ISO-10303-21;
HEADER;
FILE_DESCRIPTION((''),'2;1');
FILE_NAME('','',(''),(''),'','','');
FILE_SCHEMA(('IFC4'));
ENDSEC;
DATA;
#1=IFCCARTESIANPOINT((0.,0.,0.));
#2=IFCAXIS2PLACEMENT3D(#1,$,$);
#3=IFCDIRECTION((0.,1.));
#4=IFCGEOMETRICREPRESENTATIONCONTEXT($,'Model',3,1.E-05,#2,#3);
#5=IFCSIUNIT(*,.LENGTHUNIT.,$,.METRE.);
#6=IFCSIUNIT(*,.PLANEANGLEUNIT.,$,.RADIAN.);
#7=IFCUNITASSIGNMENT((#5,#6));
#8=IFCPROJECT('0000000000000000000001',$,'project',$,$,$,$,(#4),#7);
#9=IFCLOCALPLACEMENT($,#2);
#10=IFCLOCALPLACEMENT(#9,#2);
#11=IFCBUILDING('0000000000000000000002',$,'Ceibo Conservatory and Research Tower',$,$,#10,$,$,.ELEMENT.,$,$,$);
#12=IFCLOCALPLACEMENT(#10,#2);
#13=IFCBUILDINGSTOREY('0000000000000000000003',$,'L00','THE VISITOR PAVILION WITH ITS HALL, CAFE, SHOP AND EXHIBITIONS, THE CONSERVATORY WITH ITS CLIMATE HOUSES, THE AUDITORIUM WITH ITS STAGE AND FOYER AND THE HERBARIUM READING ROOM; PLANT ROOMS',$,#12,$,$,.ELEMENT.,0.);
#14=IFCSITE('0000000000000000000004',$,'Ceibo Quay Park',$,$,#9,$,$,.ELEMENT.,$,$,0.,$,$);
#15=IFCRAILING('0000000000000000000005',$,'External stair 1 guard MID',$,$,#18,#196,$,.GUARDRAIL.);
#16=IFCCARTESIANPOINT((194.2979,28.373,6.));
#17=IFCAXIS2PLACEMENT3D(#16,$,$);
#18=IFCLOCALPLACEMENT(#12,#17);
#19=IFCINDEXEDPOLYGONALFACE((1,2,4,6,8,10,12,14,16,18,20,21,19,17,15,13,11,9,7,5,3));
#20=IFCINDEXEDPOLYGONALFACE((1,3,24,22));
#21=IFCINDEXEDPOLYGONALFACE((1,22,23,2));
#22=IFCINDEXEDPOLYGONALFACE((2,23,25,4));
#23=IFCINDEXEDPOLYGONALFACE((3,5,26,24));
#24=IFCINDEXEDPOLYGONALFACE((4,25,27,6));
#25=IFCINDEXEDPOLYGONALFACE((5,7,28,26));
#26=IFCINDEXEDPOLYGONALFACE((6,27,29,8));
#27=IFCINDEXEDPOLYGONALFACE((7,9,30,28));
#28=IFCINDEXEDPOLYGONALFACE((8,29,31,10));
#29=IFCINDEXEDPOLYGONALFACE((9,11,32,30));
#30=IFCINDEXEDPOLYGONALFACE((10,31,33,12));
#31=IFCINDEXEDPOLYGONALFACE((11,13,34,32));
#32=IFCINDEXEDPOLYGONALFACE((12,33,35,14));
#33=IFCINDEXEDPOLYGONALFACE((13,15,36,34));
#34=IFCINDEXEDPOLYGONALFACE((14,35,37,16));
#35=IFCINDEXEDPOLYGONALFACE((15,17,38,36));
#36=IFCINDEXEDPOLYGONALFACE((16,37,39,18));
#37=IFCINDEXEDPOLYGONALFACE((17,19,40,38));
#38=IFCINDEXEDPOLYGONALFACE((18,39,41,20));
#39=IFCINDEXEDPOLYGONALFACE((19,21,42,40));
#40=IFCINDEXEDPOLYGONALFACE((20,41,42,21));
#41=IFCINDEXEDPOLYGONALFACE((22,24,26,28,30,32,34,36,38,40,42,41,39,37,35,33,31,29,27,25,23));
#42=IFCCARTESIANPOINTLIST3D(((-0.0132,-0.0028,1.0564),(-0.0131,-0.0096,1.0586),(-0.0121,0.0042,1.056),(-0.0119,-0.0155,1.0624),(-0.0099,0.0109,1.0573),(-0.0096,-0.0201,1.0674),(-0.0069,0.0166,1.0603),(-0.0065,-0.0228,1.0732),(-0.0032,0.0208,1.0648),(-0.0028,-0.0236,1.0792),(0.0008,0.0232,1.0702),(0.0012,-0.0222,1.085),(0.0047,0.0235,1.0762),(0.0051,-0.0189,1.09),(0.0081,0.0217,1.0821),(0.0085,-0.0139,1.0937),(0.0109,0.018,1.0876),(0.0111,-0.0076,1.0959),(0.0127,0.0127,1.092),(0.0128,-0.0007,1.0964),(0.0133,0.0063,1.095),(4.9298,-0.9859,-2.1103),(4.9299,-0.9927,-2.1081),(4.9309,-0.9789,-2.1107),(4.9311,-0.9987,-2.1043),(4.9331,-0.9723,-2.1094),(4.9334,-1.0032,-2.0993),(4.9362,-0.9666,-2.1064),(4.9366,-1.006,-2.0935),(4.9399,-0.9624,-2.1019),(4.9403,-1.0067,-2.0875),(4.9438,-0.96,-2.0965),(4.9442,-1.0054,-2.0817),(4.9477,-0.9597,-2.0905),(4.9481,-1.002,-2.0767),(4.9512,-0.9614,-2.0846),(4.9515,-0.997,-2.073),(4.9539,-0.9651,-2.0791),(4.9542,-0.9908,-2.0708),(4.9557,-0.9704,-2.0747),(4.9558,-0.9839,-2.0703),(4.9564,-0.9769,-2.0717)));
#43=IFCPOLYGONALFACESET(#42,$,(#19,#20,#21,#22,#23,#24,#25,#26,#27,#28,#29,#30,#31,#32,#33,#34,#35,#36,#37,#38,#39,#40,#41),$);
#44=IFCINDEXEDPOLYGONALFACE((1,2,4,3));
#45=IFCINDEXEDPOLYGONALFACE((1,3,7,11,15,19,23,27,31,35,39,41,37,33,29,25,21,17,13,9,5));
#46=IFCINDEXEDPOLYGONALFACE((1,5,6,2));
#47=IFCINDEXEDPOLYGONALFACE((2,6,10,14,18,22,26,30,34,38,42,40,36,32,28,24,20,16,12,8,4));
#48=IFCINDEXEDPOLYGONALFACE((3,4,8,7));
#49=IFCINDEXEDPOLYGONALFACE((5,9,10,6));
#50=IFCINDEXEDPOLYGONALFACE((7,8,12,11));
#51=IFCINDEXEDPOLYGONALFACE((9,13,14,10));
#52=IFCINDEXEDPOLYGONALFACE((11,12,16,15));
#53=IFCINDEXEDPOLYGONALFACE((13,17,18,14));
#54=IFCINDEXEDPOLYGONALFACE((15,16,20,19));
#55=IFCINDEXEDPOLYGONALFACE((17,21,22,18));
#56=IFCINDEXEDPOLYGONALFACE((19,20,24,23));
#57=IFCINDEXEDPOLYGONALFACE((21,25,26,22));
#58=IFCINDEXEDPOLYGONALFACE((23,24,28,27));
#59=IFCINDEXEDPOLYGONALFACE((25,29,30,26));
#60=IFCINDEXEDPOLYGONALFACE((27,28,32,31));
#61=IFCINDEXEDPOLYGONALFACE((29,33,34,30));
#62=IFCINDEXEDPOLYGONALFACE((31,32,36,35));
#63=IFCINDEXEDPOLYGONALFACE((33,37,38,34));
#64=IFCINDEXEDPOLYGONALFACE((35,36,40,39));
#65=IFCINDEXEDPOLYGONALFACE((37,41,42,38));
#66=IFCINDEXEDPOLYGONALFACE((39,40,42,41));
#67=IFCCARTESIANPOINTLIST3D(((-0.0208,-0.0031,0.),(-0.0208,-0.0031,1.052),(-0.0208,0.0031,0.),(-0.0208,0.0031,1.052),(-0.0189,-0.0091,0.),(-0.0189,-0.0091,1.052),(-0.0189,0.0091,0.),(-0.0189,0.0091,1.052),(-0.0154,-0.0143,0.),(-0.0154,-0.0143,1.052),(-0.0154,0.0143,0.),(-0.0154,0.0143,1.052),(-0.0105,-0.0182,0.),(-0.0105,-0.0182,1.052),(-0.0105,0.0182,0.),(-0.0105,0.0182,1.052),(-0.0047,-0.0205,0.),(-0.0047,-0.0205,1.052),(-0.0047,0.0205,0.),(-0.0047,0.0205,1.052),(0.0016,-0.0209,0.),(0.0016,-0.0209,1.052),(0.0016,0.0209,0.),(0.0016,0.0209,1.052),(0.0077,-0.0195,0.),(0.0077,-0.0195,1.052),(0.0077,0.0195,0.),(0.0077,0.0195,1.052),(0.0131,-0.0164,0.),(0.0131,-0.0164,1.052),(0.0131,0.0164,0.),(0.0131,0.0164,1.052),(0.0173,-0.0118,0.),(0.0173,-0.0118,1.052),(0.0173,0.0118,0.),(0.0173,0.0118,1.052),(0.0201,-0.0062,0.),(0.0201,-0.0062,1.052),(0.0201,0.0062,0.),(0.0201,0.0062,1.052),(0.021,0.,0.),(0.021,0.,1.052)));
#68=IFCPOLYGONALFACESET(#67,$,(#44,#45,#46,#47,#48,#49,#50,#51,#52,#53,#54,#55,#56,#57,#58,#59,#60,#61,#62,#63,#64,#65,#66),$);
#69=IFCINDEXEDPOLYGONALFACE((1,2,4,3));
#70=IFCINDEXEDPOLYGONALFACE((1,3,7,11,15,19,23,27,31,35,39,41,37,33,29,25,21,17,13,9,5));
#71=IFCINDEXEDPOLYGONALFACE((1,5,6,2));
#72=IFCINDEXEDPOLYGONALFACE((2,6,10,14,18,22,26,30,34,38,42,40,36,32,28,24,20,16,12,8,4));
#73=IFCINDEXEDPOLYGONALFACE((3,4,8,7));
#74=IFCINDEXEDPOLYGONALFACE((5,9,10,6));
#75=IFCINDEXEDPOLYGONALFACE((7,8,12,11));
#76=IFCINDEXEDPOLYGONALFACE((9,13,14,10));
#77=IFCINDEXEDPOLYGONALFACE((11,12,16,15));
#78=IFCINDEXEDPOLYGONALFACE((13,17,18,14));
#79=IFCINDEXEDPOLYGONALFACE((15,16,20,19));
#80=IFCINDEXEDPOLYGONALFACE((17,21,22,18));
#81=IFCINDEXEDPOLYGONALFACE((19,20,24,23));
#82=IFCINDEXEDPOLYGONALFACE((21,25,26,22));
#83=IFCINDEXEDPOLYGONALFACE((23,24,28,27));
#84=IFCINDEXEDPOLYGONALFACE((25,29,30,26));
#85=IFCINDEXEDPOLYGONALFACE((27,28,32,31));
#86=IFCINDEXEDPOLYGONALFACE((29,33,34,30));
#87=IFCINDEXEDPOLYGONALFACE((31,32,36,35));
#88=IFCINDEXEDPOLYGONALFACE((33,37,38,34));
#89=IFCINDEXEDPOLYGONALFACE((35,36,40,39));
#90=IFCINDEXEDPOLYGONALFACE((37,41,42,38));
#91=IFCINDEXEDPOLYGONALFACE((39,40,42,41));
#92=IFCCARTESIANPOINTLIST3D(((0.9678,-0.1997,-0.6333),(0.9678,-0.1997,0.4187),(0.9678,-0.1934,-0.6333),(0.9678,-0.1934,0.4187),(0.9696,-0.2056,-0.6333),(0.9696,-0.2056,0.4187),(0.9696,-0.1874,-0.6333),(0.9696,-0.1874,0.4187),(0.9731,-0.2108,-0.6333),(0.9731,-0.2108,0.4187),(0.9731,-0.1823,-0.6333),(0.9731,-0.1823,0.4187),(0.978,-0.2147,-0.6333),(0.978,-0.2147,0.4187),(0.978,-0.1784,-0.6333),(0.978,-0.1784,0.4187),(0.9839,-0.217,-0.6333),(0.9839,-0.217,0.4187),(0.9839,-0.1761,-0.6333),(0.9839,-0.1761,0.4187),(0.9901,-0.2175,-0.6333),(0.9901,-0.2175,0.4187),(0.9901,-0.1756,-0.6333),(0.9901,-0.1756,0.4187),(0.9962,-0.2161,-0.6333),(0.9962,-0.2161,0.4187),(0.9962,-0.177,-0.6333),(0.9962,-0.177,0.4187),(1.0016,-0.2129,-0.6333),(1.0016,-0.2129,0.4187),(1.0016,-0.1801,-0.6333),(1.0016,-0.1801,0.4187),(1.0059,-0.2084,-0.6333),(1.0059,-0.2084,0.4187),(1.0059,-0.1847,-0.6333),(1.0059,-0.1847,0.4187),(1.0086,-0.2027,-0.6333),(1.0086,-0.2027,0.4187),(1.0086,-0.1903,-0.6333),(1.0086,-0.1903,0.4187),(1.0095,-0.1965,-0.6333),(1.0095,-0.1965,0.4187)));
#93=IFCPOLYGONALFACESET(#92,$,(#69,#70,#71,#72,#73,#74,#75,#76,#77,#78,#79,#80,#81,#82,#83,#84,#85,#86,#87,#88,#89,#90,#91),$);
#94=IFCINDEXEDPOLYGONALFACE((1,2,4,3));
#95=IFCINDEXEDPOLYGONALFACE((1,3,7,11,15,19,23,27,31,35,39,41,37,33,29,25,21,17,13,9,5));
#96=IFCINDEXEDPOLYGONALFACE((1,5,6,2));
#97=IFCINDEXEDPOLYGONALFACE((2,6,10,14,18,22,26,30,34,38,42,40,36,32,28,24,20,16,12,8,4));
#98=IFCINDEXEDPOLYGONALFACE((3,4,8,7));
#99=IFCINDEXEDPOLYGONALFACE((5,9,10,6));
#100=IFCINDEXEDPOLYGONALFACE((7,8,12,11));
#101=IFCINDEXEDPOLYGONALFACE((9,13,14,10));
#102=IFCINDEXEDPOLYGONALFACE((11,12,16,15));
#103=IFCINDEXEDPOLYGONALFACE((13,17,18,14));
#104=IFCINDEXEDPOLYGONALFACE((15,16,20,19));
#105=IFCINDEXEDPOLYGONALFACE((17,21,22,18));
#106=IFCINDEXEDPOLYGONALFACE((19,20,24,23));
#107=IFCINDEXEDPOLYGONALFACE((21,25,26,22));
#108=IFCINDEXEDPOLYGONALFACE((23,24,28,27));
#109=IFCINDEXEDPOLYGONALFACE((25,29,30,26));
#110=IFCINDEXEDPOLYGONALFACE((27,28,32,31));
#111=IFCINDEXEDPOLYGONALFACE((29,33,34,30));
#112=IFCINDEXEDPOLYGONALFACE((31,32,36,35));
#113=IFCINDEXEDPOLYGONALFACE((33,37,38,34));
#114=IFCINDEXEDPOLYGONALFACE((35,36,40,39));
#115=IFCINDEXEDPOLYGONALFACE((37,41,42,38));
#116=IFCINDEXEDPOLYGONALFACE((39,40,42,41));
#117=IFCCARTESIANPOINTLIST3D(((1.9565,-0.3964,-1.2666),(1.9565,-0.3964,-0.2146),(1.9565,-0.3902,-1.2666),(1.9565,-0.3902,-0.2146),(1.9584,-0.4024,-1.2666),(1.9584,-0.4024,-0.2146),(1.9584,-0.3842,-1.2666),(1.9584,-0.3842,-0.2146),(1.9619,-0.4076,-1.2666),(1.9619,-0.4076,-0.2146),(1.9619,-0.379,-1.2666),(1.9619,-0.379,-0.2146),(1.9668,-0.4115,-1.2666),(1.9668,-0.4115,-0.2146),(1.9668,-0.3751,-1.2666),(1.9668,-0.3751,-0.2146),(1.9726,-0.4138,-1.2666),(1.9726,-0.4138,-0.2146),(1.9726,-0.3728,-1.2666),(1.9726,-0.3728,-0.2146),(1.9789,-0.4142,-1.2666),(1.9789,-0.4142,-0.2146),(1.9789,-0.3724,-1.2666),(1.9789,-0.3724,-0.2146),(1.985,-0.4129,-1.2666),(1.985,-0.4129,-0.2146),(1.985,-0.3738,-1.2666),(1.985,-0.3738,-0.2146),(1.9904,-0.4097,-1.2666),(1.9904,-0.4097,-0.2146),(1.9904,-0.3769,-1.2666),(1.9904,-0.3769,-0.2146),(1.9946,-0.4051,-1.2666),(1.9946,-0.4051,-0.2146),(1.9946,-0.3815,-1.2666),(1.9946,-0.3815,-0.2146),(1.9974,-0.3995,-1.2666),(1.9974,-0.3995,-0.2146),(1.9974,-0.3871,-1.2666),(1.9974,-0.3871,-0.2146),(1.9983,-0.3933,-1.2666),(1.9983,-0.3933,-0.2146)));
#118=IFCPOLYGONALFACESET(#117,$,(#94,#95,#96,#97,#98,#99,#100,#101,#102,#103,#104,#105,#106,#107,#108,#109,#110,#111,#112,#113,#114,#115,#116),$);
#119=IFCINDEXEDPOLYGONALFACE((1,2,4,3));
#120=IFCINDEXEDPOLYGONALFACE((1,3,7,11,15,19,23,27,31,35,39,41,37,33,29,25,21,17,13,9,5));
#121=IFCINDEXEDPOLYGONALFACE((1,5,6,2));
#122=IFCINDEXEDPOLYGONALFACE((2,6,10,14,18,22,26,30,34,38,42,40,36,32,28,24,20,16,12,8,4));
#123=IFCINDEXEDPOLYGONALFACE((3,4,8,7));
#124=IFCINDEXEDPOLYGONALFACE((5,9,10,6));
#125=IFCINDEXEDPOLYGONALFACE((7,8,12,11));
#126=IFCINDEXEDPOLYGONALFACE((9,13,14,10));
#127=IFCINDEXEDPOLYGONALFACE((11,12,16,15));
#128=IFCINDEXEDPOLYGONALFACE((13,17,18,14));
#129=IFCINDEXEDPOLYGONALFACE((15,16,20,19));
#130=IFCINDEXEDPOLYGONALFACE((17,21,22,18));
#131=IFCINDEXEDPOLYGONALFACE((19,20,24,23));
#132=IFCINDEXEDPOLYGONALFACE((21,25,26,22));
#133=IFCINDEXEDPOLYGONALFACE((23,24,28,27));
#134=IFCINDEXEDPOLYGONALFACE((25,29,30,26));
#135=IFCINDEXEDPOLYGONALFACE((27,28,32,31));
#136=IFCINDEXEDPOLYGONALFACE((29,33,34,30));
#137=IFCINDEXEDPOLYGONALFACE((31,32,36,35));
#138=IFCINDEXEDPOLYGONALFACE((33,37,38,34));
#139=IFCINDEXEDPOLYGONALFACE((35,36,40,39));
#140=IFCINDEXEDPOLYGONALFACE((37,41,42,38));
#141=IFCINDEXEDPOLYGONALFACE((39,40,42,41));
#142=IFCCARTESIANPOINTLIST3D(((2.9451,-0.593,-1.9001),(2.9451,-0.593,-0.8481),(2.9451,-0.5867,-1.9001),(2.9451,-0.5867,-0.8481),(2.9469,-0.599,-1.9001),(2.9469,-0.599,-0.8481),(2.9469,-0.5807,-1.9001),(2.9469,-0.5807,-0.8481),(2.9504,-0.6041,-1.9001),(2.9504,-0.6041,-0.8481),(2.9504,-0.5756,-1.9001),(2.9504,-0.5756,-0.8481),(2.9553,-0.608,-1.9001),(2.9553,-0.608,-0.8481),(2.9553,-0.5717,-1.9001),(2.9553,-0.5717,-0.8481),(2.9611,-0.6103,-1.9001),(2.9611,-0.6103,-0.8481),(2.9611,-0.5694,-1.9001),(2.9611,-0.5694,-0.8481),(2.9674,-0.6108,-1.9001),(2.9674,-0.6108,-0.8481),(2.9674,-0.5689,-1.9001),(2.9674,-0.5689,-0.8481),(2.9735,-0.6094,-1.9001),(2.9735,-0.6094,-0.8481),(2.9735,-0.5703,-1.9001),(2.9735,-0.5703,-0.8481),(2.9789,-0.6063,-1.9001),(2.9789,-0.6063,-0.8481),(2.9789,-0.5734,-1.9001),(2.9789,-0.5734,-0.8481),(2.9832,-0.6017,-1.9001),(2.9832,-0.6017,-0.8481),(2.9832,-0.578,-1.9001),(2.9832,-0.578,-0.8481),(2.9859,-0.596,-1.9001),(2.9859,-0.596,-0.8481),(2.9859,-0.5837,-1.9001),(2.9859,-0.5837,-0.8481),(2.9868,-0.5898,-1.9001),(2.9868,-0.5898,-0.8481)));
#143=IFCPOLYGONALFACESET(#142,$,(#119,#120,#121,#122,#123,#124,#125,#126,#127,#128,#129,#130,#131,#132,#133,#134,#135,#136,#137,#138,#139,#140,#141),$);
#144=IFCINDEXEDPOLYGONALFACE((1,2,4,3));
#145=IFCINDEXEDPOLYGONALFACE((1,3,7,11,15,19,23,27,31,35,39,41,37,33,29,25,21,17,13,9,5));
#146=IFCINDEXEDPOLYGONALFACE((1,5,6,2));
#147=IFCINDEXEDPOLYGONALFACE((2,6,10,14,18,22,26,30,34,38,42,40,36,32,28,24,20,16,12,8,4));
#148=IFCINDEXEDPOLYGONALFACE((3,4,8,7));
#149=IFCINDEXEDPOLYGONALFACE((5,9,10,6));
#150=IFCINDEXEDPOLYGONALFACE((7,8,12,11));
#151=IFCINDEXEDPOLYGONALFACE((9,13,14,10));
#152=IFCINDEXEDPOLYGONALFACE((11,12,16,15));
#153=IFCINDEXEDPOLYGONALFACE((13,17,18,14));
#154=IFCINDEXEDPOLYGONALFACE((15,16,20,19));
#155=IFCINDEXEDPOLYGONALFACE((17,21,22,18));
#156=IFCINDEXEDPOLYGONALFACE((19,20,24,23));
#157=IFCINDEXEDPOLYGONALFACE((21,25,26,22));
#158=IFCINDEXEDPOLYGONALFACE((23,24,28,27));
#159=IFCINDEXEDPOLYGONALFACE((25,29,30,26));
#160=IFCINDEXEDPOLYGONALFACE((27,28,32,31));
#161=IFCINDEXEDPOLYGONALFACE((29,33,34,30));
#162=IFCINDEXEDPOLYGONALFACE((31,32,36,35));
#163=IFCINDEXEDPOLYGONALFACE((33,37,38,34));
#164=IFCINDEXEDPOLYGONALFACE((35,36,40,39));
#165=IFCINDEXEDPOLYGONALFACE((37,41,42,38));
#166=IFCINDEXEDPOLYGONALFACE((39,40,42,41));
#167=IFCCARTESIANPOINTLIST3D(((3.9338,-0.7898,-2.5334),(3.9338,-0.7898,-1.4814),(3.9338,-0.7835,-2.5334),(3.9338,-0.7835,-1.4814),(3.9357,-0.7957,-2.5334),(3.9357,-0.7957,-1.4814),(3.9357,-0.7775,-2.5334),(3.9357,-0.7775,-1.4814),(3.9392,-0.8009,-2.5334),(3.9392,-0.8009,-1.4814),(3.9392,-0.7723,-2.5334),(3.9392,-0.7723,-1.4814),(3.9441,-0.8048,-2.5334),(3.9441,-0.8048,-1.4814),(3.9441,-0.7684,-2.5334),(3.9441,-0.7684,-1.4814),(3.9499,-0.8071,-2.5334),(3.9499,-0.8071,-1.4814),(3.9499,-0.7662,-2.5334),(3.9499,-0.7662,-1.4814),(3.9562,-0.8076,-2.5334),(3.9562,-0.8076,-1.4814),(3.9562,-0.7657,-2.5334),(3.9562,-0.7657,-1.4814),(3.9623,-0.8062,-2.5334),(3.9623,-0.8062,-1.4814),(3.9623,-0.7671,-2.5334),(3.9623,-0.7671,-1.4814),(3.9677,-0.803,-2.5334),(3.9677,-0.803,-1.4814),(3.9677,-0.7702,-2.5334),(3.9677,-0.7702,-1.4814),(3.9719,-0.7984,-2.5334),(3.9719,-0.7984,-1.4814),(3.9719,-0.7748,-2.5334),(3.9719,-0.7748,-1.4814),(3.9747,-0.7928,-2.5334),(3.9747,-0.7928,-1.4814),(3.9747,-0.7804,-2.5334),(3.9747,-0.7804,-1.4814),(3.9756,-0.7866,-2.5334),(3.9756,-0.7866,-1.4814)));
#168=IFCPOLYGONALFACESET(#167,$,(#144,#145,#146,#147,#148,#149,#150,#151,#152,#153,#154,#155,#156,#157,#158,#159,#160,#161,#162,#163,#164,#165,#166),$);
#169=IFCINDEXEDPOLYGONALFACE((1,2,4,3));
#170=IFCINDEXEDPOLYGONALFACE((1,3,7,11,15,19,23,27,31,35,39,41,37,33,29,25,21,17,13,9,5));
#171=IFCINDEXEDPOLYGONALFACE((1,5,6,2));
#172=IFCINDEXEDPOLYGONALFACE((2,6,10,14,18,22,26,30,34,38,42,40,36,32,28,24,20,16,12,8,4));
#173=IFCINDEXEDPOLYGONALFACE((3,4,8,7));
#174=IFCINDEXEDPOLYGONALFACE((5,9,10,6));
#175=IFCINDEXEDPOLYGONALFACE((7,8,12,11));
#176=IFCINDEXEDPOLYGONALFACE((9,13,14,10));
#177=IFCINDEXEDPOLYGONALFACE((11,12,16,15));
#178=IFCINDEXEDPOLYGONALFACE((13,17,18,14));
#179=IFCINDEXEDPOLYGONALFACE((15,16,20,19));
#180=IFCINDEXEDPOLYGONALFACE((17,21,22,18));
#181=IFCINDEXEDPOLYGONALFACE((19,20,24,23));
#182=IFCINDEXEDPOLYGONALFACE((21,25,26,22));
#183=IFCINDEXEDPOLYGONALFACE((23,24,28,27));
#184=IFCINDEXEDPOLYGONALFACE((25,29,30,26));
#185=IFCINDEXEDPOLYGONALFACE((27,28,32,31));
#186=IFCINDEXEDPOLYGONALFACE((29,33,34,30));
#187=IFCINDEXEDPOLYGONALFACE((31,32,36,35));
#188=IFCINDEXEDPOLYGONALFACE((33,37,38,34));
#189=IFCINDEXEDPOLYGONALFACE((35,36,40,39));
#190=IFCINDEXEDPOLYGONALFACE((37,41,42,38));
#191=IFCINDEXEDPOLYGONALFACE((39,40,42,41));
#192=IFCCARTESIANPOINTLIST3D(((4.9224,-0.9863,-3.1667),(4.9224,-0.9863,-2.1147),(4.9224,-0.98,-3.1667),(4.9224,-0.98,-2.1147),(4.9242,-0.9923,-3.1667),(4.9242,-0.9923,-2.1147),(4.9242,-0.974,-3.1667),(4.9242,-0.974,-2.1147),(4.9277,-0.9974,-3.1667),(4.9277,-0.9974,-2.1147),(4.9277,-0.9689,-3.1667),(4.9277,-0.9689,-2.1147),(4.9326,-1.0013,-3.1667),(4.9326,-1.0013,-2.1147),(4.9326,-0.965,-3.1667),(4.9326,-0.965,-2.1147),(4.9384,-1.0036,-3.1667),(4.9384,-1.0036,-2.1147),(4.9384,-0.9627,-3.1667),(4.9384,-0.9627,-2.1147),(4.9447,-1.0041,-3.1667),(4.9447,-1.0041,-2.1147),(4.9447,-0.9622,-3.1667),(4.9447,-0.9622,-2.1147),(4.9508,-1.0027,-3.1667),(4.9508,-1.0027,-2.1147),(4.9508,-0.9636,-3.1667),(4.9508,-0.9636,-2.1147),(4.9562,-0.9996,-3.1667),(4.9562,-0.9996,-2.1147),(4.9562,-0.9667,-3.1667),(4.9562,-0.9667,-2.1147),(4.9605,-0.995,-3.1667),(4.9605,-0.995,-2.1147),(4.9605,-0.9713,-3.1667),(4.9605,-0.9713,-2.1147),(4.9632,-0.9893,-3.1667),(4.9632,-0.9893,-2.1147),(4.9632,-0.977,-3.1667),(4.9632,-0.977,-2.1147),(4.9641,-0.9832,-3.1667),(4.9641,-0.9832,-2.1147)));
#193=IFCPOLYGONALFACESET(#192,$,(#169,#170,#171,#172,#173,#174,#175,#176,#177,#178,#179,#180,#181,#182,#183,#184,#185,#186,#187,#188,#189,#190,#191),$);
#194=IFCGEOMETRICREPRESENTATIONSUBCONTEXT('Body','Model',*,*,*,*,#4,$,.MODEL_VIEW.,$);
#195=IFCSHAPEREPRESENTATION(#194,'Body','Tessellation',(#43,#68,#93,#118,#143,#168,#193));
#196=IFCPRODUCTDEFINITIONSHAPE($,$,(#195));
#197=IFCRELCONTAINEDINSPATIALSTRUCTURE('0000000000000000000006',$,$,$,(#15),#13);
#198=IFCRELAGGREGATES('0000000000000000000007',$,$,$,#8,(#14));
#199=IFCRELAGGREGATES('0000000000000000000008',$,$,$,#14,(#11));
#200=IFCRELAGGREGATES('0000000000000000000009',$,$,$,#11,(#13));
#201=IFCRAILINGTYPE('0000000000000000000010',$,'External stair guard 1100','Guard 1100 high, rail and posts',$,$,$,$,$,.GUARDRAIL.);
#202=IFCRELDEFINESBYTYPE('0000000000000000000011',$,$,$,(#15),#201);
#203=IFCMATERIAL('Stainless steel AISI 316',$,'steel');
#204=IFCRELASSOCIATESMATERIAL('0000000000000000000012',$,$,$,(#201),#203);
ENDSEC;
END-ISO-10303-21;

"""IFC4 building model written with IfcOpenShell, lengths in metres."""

from ifc_helpers import new_model, si_unit, direction, frame, origin, origin_2d, place, context, subcontext, project, spatial, circle, extrude, material, type_object, element, save


model = new_model("IFC4")

# Units and contexts
model_context = context("Model", 3, precision=1e-05, world=origin(), true_north=direction((0.0, 1.0)))
body_context = subcontext(model_context, "Body", "Model", "MODEL_VIEW")
ifc_project = project(units=[si_unit("LENGTHUNIT", "METRE"), si_unit("PLANEANGLEUNIT", "RADIAN")], contexts=[model_context])

# Site, building, storey
site_placement = place(None, origin())
site = spatial("IfcSite", under=ifc_project, at=site_placement, Name="Ceibo Quay Park", CompositionType="ELEMENT", RefElevation=0.0)
building_placement = place(site_placement, origin())
building = spatial("IfcBuilding", under=site, at=building_placement, Name="Ceibo Conservatory and Research Tower", CompositionType="ELEMENT")
storey_placement = place(building_placement, origin())
storey = spatial("IfcBuildingStorey", under=building, at=storey_placement, Name="L00", Description="THE VISITOR PAVILION WITH ITS HALL, CAFE, SHOP AND EXHIBITIONS, THE CONSERVATORY WITH ITS CLIMATE HOUSES, THE AUDITORIUM WITH ITS STAGE AND FOYER AND THE HERBARIUM READING ROOM; PLANT ROOMS", CompositionType="ELEMENT", Elevation=0.0)

# Railing
ifc_material_1 = material(Name="Stainless steel AISI 316", Category="steel")
railing_type = type_object("IfcRailingType", Name="External stair guard 1100", Description="Guard 1100 high, rail and posts", PredefinedType="GUARDRAIL", material=ifc_material_1)
railing_1_placement = place(storey_placement, frame((194.2979, 28.373, 6.0)))
element("IfcRailing", 1, at=railing_1_placement, inside=storey, type_object=railing_type, Name="External stair 1 guard MID", PredefinedType="GUARDRAIL", context=body_context, shape_type="SweptSolid", body=[
    extrude(circle(Radius=0.0239, at=origin_2d()), frame((0.0, 0.0, 1.0762), z_axis=(0.830462, -0.165174, -0.532025), x_axis=(0.195073, 0.980789, 0.0)), (0.0, 0.0, 1.0), 5.9521),
    extrude(circle(Radius=0.021, at=origin_2d()), origin(), (0.0, 0.0, 1.0), 1.052),
    extrude(circle(Radius=0.021, at=origin_2d()), frame((0.9885, -0.1965, -0.6333)), (0.0, 0.0, 1.0), 1.052),
    extrude(circle(Radius=0.021, at=origin_2d()), frame((1.9773, -0.3933, -1.2666)), (0.0, 0.0, 1.0), 1.052),
    extrude(circle(Radius=0.021, at=origin_2d()), frame((2.9658, -0.5898, -1.9001)), (0.0, 0.0, 1.0), 1.052),
    extrude(circle(Radius=0.021, at=origin_2d()), frame((3.9546, -0.7866, -2.5334)), (0.0, 0.0, 1.0), 1.052),
    extrude(circle(Radius=0.021, at=origin_2d()), frame((4.9431, -0.9832, -3.1667)), (0.0, 0.0, 1.0), 1.052),
])

save(model, "model.ifc")
